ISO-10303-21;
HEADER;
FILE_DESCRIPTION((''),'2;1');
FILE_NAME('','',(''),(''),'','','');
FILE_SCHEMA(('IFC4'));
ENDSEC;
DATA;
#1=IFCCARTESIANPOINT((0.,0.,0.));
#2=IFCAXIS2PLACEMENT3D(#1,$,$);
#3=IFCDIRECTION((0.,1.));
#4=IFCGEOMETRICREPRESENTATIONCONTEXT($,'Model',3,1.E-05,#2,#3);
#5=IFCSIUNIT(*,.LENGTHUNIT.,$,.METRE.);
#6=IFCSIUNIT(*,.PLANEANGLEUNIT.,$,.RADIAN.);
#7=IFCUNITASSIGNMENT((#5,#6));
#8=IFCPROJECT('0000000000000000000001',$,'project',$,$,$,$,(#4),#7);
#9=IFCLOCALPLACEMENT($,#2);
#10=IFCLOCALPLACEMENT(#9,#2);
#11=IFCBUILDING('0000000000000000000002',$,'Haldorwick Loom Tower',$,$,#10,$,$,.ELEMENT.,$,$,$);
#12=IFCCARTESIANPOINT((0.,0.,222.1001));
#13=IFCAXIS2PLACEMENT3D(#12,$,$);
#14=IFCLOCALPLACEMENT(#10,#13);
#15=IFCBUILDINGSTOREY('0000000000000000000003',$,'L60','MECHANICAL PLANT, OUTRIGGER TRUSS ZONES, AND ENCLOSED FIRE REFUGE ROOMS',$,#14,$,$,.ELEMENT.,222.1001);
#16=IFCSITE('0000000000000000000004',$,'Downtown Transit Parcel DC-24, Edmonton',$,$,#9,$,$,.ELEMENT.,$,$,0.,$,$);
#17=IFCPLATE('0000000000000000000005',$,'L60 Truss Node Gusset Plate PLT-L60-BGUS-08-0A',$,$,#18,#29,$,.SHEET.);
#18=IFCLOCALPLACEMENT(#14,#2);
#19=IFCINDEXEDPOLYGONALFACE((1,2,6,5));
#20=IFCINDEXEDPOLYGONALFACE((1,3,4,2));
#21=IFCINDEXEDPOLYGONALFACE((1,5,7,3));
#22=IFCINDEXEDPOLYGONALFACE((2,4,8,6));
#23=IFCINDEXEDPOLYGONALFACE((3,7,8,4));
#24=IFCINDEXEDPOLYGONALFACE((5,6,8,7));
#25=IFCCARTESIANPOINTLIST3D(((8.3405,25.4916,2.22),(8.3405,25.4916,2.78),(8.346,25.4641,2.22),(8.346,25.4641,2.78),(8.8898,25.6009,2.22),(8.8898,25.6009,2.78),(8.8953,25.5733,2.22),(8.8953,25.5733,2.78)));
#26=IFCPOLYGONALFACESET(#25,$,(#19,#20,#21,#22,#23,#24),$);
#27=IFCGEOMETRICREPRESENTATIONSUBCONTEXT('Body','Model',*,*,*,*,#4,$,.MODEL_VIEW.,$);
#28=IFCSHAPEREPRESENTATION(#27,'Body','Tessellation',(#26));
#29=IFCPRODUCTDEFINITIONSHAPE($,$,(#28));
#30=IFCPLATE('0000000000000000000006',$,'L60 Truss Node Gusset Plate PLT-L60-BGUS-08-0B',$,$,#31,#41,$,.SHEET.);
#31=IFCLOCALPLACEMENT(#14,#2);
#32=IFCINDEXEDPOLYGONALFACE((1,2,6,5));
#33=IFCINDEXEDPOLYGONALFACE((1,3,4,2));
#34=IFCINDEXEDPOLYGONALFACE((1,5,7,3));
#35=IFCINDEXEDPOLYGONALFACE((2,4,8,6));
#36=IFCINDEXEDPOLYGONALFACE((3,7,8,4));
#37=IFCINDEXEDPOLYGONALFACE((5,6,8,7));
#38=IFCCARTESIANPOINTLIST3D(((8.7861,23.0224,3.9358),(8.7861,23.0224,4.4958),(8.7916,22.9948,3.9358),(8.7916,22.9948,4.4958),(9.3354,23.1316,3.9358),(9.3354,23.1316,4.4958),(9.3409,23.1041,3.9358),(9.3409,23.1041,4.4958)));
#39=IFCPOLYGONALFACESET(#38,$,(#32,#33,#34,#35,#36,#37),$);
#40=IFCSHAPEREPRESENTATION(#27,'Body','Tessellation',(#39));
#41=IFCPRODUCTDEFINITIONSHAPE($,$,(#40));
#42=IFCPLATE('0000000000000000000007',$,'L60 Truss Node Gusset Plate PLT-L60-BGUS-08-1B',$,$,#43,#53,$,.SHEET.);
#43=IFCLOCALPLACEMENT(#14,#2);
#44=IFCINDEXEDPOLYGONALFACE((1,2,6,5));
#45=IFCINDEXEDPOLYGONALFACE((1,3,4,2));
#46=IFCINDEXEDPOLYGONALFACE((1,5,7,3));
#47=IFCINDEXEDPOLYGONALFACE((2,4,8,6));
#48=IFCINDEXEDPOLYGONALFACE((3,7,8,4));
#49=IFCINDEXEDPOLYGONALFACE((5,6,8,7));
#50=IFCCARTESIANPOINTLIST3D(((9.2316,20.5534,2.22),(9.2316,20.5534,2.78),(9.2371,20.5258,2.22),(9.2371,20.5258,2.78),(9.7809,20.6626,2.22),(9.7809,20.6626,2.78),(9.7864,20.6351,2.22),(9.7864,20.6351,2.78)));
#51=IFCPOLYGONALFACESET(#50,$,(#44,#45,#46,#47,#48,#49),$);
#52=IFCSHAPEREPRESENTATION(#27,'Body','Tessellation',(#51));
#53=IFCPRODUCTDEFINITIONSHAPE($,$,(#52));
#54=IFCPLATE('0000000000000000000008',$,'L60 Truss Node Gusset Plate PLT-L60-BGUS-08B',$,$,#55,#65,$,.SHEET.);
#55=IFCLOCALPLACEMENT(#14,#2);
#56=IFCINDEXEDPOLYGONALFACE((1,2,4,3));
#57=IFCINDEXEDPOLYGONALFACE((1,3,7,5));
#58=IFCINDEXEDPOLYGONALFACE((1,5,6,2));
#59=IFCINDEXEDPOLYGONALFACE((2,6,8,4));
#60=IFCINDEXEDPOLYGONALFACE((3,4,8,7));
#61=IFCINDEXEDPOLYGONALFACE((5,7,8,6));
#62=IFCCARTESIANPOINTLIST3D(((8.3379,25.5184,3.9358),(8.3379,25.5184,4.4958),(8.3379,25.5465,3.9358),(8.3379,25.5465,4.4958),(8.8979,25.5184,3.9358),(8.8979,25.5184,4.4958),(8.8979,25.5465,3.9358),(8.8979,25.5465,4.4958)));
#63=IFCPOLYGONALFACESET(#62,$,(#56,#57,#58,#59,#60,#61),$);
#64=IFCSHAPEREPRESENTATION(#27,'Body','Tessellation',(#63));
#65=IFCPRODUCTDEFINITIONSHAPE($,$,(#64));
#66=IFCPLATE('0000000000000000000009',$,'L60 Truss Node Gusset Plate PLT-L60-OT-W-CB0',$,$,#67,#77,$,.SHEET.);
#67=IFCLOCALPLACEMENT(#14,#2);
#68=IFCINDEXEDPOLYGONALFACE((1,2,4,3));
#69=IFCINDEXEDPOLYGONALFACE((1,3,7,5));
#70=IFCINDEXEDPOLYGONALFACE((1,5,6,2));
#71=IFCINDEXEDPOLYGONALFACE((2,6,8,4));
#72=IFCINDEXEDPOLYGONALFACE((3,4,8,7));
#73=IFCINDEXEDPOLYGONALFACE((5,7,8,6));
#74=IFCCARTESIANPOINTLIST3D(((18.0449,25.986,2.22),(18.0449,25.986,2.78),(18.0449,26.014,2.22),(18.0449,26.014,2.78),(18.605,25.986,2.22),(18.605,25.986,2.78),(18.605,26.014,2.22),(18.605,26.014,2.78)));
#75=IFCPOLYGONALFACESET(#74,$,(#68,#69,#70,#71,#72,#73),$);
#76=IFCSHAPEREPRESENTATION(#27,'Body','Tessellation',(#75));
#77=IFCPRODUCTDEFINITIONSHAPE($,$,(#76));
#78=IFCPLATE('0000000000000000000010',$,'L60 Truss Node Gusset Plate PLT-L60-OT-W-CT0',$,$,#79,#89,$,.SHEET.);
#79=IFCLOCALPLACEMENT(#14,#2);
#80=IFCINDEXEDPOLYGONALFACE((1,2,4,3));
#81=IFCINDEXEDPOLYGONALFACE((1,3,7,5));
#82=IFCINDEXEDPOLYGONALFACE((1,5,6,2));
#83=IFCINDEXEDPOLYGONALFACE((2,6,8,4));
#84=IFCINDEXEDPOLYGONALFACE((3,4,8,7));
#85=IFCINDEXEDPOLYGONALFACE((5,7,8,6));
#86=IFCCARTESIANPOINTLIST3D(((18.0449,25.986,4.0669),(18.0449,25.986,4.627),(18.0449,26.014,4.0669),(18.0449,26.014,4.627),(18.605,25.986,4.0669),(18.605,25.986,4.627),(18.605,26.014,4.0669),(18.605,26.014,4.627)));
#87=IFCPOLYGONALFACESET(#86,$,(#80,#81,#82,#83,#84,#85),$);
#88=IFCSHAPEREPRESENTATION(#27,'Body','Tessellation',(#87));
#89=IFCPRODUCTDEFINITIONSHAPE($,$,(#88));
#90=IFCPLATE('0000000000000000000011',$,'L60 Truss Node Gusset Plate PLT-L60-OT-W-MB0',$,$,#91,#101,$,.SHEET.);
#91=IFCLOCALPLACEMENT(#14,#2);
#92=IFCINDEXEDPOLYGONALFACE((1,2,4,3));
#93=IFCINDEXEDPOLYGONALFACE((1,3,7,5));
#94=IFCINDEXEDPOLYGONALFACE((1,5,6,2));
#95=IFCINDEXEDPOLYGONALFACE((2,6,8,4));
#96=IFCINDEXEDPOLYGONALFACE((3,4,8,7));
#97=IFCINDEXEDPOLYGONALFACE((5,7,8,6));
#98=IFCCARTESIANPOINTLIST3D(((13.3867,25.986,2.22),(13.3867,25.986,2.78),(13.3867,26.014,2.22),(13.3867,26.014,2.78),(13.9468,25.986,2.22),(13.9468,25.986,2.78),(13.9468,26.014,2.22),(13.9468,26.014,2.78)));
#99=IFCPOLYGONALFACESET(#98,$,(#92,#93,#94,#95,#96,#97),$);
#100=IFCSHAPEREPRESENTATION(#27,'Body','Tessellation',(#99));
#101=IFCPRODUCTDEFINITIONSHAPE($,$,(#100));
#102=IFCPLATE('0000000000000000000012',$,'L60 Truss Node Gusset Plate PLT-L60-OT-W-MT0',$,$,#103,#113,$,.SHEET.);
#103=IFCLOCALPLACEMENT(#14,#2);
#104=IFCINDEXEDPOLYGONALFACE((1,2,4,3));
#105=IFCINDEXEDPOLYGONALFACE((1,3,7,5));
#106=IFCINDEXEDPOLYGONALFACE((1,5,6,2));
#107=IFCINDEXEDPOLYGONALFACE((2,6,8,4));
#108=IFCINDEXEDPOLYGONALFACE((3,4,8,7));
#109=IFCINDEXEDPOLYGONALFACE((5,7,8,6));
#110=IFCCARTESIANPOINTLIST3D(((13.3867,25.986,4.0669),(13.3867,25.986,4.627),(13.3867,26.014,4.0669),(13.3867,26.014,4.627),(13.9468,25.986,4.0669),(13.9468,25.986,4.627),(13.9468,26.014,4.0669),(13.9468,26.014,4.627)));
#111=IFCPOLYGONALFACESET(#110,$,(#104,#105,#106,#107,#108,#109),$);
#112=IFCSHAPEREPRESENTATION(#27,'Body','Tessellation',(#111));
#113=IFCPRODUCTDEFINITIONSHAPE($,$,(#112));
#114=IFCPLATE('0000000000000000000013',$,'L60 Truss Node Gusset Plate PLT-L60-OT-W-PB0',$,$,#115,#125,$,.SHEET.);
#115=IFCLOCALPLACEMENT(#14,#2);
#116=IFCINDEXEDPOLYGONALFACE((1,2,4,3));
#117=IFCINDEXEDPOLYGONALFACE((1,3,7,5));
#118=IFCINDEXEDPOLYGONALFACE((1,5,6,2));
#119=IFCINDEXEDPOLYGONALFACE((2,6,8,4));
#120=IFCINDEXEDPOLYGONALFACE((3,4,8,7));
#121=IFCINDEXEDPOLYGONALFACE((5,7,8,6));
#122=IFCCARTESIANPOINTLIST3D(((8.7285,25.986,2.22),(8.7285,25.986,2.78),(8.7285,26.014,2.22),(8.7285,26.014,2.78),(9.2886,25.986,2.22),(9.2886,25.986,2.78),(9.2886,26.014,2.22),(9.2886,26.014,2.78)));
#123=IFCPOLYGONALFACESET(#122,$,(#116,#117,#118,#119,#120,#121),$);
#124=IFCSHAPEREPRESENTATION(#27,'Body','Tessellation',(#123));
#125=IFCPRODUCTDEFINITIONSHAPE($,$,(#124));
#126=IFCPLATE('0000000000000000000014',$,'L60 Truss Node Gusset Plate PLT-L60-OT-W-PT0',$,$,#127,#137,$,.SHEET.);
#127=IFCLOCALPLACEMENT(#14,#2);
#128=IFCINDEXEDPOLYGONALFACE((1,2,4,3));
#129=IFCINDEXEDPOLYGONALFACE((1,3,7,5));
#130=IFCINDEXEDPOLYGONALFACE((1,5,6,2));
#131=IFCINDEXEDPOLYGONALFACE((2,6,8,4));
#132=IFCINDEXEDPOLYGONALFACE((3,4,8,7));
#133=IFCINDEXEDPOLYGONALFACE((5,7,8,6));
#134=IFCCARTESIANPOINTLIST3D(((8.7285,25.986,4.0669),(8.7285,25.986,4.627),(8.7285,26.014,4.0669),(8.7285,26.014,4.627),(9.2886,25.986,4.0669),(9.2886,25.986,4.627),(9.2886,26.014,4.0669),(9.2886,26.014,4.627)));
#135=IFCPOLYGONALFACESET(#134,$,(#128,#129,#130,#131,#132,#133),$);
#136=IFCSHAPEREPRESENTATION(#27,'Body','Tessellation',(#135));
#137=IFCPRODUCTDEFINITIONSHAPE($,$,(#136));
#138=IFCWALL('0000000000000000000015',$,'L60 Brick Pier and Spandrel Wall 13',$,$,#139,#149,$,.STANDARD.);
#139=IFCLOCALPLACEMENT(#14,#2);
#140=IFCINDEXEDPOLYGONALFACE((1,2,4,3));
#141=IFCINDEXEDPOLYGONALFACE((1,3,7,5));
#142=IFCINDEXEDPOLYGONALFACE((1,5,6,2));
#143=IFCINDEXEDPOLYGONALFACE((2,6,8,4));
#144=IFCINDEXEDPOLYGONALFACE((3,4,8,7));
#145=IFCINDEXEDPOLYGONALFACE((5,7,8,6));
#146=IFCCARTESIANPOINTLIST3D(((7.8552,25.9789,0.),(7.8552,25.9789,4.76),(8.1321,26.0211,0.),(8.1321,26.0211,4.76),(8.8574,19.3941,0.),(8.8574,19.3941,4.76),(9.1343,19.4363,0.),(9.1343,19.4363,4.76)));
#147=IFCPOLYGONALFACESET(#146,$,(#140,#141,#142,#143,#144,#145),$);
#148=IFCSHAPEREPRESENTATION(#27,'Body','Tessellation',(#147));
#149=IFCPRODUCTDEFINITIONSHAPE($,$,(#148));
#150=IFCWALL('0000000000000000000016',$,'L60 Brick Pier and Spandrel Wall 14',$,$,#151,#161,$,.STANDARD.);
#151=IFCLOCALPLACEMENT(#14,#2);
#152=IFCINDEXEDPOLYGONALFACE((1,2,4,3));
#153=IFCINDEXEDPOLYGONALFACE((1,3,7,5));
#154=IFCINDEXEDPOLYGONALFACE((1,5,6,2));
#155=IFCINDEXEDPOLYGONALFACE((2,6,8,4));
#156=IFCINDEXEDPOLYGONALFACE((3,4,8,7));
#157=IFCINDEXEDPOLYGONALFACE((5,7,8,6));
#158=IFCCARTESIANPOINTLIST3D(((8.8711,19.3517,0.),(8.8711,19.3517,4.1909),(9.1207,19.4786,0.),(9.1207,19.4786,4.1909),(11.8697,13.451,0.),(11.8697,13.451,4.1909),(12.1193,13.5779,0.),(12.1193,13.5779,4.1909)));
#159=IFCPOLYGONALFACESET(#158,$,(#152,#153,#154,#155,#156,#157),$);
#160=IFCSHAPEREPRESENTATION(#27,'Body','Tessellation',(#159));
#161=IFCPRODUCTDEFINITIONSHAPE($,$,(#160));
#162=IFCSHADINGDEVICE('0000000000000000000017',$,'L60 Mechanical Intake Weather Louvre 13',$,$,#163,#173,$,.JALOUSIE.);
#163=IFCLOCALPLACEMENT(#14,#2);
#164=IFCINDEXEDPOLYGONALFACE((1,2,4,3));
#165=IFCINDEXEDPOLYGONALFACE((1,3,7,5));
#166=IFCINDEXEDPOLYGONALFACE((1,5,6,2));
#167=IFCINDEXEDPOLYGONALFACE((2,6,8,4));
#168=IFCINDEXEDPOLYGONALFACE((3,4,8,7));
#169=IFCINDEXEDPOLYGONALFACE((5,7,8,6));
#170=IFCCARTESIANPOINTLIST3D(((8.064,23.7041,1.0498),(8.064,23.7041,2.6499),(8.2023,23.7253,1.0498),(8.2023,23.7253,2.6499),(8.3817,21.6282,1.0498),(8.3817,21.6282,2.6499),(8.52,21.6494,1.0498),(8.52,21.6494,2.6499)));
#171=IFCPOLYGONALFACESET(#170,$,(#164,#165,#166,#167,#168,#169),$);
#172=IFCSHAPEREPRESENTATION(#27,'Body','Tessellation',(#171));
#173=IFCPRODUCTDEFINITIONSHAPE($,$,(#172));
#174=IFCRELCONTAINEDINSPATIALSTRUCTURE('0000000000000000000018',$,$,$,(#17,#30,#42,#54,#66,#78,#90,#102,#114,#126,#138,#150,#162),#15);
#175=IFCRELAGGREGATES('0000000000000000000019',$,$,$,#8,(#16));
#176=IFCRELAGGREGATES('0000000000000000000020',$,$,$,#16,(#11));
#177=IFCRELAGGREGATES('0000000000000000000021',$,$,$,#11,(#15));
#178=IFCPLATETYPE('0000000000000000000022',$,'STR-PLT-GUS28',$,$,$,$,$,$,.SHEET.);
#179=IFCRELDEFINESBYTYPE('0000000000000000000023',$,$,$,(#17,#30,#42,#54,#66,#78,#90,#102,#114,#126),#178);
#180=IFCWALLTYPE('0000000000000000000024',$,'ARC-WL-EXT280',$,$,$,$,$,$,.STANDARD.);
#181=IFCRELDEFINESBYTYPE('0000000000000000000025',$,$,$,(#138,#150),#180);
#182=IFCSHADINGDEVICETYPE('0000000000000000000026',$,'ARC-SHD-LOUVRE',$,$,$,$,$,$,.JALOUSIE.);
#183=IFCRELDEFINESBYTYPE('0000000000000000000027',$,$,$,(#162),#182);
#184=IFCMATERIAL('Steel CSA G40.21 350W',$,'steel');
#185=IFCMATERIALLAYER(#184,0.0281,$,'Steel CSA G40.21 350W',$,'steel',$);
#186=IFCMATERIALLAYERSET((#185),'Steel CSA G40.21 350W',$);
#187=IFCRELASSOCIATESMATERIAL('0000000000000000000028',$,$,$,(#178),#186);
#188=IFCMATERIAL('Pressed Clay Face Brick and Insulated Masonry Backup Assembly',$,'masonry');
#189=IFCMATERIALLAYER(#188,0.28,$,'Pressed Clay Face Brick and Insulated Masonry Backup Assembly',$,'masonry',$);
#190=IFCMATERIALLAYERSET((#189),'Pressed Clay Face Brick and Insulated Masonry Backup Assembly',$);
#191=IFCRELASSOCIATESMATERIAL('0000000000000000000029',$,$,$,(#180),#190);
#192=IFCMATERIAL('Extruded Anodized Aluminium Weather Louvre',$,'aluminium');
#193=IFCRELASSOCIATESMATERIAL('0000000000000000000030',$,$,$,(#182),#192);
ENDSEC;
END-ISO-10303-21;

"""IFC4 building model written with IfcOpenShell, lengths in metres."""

from ifc_helpers import new_model, si_unit, direction, frame, frame_2d, origin, origin_2d, place, context, subcontext, project, spatial, rectangle, extrude, material, layer, layer_set, type_object, element, save


model = new_model("IFC4")

# Units and contexts
model_context = context("Model", 3, precision=1e-05, world=origin(), true_north=direction((0.0, 1.0)))
body_context = subcontext(model_context, "Body", "Model", "MODEL_VIEW")
ifc_project = project(units=[si_unit("LENGTHUNIT", "METRE"), si_unit("PLANEANGLEUNIT", "RADIAN")], contexts=[model_context])

# Site, building, storey
site_placement = place(None, origin())
site = spatial("IfcSite", under=ifc_project, at=site_placement, Name="Downtown Transit Parcel DC-24, Edmonton", CompositionType="ELEMENT", RefElevation=0.0)
building_placement = place(site_placement, origin())
building = spatial("IfcBuilding", under=site, at=building_placement, Name="Haldorwick Loom Tower", CompositionType="ELEMENT")
storey_placement = place(building_placement, frame((0.0, 0.0, 222.1001)))
storey = spatial("IfcBuildingStorey", under=building, at=storey_placement, Name="L60", Description="MECHANICAL PLANT, OUTRIGGER TRUSS ZONES, AND ENCLOSED FIRE REFUGE ROOMS", CompositionType="ELEMENT", Elevation=222.1001)

# Shared definitions
ifc_material_1 = material(Name="Steel CSA G40.21 350W", Category="steel")

# Plates
ifc_layer_1 = layer(ifc_material_1, 0.0281, Name="Steel CSA G40.21 350W", Category="steel")
ifc_layer_set_1 = layer_set([ifc_layer_1], Name="Steel CSA G40.21 350W")
plate_type = type_object("IfcPlateType", Name="STR-PLT-GUS28", PredefinedType="SHEET", material=ifc_layer_set_1)
for number, where, z_axis, x_axis, name in (
    (1, (8.6179, 25.5325, 2.22), (0.0, 0.0, 1.0), (-0.980785, -0.19509, 0.0), "L60 Truss Node Gusset Plate PLT-L60-BGUS-08-0A"),
    (2, (9.0635, 23.0632, 3.9358), (0.0, 0.0, 1.0), (-0.980785, -0.19509, 0.0), "L60 Truss Node Gusset Plate PLT-L60-BGUS-08-0B"),
    (3, (9.509, 20.5942, 2.22), (0.0, 0.0, 1.0), (-0.980785, -0.19509, 0.0), "L60 Truss Node Gusset Plate PLT-L60-BGUS-08-1B"),
    (4, (8.6179, 25.5325, 3.9358), (0.0, 0.0, 1.0), (-1.0, 0.0, 0.0), "L60 Truss Node Gusset Plate PLT-L60-BGUS-08B"),
    (5, (18.325, 26.0, 2.22), (0.0, 0.0, 1.0), (-1.0, 0.0, 0.0), "L60 Truss Node Gusset Plate PLT-L60-OT-W-CB0"),
    (6, (18.325, 26.0, 4.0669), (0.0, 0.0, 1.0), (-1.0, 0.0, 0.0), "L60 Truss Node Gusset Plate PLT-L60-OT-W-CT0"),
    (7, (13.6667, 26.0, 2.22), (0.0, 0.0, 1.0), (-1.0, 0.0, 0.0), "L60 Truss Node Gusset Plate PLT-L60-OT-W-MB0"),
    (8, (13.6667, 26.0, 4.0669), (0.0, 0.0, 1.0), (-1.0, 0.0, 0.0), "L60 Truss Node Gusset Plate PLT-L60-OT-W-MT0"),
    (9, (9.0085, 26.0, 2.22), (0.0, 0.0, 1.0), (-1.0, 0.0, 0.0), "L60 Truss Node Gusset Plate PLT-L60-OT-W-PB0"),
    (10, (9.0085, 26.0, 4.0669), (0.0, 0.0, 1.0), (-1.0, 0.0, 0.0), "L60 Truss Node Gusset Plate PLT-L60-OT-W-PT0"),
):
    element("IfcPlate", number, at=place(storey_placement, frame(where, z_axis=z_axis, x_axis=x_axis)), inside=storey, type_object=plate_type, Name=name, PredefinedType="SHEET", context=body_context, shape_type="SweptSolid", body=[
        extrude(rectangle(XDim=0.5601, YDim=0.0281, at=origin_2d()), origin(), (0.0, 0.0, 1.0), 0.5601),
    ])

# Walls
ifc_material_2 = material(Name="Pressed Clay Face Brick and Insulated Masonry Backup Assembly", Category="masonry")
ifc_layer_2 = layer(ifc_material_2, 0.28, Name="Pressed Clay Face Brick and Insulated Masonry Backup Assembly", Category="masonry")
ifc_layer_set_2 = layer_set([ifc_layer_2], Name="Pressed Clay Face Brick and Insulated Masonry Backup Assembly")
wall_type = type_object("IfcWallType", Name="ARC-WL-EXT280", PredefinedType="STANDARD", material=ifc_layer_set_2)
wall_1_placement = place(storey_placement, frame((7.9937, 26.0, 0.0), z_axis=(0.0, 0.0, 1.0), x_axis=(0.150468, -0.988615, 0.0)))
element("IfcWall", 11, at=wall_1_placement, inside=storey, type_object=wall_type, Name="L60 Brick Pier and Spandrel Wall 13", PredefinedType="STANDARD", context=body_context, shape_type="SweptSolid", body=[
    extrude(rectangle(XDim=6.6606, YDim=0.28, at=frame_2d((3.3303, 0.0))), origin(), (0.0, 0.0, 1.0), 4.76),
])
wall_2_placement = place(storey_placement, frame((8.9958, 19.4153, 0.0), z_axis=(0.0, 0.0, 1.0), x_axis=(0.453032, -0.891494, 0.0)))
element("IfcWall", 12, at=wall_2_placement, inside=storey, type_object=wall_type, Name="L60 Brick Pier and Spandrel Wall 14", PredefinedType="STANDARD", context=body_context, shape_type="SweptSolid", body=[
    extrude(rectangle(XDim=6.6189, YDim=0.28, at=frame_2d((3.3096, 0.0))), origin(), (0.0, 0.0, 1.0), 4.1909),
])

# Shading device
ifc_material_3 = material(Name="Extruded Anodized Aluminium Weather Louvre", Category="aluminium")
shading_device_type = type_object("IfcShadingDeviceType", Name="ARC-SHD-LOUVRE", PredefinedType="JALOUSIE", material=ifc_material_3)
shading_device_placement = place(storey_placement, frame((8.292, 22.6768, 1.0498), z_axis=(0.0, 0.0, 1.0), x_axis=(0.151261, -0.988494, 0.0)))
element("IfcShadingDevice", 13, at=shading_device_placement, inside=storey, type_object=shading_device_type, Name="L60 Mechanical Intake Weather Louvre 13", PredefinedType="JALOUSIE", context=body_context, shape_type="SweptSolid", body=[
    extrude(rectangle(XDim=2.1001, YDim=0.1399, at=origin_2d()), origin(), (0.0, 0.0, 1.0), 1.6001),
])

save(model, "model.ifc")
